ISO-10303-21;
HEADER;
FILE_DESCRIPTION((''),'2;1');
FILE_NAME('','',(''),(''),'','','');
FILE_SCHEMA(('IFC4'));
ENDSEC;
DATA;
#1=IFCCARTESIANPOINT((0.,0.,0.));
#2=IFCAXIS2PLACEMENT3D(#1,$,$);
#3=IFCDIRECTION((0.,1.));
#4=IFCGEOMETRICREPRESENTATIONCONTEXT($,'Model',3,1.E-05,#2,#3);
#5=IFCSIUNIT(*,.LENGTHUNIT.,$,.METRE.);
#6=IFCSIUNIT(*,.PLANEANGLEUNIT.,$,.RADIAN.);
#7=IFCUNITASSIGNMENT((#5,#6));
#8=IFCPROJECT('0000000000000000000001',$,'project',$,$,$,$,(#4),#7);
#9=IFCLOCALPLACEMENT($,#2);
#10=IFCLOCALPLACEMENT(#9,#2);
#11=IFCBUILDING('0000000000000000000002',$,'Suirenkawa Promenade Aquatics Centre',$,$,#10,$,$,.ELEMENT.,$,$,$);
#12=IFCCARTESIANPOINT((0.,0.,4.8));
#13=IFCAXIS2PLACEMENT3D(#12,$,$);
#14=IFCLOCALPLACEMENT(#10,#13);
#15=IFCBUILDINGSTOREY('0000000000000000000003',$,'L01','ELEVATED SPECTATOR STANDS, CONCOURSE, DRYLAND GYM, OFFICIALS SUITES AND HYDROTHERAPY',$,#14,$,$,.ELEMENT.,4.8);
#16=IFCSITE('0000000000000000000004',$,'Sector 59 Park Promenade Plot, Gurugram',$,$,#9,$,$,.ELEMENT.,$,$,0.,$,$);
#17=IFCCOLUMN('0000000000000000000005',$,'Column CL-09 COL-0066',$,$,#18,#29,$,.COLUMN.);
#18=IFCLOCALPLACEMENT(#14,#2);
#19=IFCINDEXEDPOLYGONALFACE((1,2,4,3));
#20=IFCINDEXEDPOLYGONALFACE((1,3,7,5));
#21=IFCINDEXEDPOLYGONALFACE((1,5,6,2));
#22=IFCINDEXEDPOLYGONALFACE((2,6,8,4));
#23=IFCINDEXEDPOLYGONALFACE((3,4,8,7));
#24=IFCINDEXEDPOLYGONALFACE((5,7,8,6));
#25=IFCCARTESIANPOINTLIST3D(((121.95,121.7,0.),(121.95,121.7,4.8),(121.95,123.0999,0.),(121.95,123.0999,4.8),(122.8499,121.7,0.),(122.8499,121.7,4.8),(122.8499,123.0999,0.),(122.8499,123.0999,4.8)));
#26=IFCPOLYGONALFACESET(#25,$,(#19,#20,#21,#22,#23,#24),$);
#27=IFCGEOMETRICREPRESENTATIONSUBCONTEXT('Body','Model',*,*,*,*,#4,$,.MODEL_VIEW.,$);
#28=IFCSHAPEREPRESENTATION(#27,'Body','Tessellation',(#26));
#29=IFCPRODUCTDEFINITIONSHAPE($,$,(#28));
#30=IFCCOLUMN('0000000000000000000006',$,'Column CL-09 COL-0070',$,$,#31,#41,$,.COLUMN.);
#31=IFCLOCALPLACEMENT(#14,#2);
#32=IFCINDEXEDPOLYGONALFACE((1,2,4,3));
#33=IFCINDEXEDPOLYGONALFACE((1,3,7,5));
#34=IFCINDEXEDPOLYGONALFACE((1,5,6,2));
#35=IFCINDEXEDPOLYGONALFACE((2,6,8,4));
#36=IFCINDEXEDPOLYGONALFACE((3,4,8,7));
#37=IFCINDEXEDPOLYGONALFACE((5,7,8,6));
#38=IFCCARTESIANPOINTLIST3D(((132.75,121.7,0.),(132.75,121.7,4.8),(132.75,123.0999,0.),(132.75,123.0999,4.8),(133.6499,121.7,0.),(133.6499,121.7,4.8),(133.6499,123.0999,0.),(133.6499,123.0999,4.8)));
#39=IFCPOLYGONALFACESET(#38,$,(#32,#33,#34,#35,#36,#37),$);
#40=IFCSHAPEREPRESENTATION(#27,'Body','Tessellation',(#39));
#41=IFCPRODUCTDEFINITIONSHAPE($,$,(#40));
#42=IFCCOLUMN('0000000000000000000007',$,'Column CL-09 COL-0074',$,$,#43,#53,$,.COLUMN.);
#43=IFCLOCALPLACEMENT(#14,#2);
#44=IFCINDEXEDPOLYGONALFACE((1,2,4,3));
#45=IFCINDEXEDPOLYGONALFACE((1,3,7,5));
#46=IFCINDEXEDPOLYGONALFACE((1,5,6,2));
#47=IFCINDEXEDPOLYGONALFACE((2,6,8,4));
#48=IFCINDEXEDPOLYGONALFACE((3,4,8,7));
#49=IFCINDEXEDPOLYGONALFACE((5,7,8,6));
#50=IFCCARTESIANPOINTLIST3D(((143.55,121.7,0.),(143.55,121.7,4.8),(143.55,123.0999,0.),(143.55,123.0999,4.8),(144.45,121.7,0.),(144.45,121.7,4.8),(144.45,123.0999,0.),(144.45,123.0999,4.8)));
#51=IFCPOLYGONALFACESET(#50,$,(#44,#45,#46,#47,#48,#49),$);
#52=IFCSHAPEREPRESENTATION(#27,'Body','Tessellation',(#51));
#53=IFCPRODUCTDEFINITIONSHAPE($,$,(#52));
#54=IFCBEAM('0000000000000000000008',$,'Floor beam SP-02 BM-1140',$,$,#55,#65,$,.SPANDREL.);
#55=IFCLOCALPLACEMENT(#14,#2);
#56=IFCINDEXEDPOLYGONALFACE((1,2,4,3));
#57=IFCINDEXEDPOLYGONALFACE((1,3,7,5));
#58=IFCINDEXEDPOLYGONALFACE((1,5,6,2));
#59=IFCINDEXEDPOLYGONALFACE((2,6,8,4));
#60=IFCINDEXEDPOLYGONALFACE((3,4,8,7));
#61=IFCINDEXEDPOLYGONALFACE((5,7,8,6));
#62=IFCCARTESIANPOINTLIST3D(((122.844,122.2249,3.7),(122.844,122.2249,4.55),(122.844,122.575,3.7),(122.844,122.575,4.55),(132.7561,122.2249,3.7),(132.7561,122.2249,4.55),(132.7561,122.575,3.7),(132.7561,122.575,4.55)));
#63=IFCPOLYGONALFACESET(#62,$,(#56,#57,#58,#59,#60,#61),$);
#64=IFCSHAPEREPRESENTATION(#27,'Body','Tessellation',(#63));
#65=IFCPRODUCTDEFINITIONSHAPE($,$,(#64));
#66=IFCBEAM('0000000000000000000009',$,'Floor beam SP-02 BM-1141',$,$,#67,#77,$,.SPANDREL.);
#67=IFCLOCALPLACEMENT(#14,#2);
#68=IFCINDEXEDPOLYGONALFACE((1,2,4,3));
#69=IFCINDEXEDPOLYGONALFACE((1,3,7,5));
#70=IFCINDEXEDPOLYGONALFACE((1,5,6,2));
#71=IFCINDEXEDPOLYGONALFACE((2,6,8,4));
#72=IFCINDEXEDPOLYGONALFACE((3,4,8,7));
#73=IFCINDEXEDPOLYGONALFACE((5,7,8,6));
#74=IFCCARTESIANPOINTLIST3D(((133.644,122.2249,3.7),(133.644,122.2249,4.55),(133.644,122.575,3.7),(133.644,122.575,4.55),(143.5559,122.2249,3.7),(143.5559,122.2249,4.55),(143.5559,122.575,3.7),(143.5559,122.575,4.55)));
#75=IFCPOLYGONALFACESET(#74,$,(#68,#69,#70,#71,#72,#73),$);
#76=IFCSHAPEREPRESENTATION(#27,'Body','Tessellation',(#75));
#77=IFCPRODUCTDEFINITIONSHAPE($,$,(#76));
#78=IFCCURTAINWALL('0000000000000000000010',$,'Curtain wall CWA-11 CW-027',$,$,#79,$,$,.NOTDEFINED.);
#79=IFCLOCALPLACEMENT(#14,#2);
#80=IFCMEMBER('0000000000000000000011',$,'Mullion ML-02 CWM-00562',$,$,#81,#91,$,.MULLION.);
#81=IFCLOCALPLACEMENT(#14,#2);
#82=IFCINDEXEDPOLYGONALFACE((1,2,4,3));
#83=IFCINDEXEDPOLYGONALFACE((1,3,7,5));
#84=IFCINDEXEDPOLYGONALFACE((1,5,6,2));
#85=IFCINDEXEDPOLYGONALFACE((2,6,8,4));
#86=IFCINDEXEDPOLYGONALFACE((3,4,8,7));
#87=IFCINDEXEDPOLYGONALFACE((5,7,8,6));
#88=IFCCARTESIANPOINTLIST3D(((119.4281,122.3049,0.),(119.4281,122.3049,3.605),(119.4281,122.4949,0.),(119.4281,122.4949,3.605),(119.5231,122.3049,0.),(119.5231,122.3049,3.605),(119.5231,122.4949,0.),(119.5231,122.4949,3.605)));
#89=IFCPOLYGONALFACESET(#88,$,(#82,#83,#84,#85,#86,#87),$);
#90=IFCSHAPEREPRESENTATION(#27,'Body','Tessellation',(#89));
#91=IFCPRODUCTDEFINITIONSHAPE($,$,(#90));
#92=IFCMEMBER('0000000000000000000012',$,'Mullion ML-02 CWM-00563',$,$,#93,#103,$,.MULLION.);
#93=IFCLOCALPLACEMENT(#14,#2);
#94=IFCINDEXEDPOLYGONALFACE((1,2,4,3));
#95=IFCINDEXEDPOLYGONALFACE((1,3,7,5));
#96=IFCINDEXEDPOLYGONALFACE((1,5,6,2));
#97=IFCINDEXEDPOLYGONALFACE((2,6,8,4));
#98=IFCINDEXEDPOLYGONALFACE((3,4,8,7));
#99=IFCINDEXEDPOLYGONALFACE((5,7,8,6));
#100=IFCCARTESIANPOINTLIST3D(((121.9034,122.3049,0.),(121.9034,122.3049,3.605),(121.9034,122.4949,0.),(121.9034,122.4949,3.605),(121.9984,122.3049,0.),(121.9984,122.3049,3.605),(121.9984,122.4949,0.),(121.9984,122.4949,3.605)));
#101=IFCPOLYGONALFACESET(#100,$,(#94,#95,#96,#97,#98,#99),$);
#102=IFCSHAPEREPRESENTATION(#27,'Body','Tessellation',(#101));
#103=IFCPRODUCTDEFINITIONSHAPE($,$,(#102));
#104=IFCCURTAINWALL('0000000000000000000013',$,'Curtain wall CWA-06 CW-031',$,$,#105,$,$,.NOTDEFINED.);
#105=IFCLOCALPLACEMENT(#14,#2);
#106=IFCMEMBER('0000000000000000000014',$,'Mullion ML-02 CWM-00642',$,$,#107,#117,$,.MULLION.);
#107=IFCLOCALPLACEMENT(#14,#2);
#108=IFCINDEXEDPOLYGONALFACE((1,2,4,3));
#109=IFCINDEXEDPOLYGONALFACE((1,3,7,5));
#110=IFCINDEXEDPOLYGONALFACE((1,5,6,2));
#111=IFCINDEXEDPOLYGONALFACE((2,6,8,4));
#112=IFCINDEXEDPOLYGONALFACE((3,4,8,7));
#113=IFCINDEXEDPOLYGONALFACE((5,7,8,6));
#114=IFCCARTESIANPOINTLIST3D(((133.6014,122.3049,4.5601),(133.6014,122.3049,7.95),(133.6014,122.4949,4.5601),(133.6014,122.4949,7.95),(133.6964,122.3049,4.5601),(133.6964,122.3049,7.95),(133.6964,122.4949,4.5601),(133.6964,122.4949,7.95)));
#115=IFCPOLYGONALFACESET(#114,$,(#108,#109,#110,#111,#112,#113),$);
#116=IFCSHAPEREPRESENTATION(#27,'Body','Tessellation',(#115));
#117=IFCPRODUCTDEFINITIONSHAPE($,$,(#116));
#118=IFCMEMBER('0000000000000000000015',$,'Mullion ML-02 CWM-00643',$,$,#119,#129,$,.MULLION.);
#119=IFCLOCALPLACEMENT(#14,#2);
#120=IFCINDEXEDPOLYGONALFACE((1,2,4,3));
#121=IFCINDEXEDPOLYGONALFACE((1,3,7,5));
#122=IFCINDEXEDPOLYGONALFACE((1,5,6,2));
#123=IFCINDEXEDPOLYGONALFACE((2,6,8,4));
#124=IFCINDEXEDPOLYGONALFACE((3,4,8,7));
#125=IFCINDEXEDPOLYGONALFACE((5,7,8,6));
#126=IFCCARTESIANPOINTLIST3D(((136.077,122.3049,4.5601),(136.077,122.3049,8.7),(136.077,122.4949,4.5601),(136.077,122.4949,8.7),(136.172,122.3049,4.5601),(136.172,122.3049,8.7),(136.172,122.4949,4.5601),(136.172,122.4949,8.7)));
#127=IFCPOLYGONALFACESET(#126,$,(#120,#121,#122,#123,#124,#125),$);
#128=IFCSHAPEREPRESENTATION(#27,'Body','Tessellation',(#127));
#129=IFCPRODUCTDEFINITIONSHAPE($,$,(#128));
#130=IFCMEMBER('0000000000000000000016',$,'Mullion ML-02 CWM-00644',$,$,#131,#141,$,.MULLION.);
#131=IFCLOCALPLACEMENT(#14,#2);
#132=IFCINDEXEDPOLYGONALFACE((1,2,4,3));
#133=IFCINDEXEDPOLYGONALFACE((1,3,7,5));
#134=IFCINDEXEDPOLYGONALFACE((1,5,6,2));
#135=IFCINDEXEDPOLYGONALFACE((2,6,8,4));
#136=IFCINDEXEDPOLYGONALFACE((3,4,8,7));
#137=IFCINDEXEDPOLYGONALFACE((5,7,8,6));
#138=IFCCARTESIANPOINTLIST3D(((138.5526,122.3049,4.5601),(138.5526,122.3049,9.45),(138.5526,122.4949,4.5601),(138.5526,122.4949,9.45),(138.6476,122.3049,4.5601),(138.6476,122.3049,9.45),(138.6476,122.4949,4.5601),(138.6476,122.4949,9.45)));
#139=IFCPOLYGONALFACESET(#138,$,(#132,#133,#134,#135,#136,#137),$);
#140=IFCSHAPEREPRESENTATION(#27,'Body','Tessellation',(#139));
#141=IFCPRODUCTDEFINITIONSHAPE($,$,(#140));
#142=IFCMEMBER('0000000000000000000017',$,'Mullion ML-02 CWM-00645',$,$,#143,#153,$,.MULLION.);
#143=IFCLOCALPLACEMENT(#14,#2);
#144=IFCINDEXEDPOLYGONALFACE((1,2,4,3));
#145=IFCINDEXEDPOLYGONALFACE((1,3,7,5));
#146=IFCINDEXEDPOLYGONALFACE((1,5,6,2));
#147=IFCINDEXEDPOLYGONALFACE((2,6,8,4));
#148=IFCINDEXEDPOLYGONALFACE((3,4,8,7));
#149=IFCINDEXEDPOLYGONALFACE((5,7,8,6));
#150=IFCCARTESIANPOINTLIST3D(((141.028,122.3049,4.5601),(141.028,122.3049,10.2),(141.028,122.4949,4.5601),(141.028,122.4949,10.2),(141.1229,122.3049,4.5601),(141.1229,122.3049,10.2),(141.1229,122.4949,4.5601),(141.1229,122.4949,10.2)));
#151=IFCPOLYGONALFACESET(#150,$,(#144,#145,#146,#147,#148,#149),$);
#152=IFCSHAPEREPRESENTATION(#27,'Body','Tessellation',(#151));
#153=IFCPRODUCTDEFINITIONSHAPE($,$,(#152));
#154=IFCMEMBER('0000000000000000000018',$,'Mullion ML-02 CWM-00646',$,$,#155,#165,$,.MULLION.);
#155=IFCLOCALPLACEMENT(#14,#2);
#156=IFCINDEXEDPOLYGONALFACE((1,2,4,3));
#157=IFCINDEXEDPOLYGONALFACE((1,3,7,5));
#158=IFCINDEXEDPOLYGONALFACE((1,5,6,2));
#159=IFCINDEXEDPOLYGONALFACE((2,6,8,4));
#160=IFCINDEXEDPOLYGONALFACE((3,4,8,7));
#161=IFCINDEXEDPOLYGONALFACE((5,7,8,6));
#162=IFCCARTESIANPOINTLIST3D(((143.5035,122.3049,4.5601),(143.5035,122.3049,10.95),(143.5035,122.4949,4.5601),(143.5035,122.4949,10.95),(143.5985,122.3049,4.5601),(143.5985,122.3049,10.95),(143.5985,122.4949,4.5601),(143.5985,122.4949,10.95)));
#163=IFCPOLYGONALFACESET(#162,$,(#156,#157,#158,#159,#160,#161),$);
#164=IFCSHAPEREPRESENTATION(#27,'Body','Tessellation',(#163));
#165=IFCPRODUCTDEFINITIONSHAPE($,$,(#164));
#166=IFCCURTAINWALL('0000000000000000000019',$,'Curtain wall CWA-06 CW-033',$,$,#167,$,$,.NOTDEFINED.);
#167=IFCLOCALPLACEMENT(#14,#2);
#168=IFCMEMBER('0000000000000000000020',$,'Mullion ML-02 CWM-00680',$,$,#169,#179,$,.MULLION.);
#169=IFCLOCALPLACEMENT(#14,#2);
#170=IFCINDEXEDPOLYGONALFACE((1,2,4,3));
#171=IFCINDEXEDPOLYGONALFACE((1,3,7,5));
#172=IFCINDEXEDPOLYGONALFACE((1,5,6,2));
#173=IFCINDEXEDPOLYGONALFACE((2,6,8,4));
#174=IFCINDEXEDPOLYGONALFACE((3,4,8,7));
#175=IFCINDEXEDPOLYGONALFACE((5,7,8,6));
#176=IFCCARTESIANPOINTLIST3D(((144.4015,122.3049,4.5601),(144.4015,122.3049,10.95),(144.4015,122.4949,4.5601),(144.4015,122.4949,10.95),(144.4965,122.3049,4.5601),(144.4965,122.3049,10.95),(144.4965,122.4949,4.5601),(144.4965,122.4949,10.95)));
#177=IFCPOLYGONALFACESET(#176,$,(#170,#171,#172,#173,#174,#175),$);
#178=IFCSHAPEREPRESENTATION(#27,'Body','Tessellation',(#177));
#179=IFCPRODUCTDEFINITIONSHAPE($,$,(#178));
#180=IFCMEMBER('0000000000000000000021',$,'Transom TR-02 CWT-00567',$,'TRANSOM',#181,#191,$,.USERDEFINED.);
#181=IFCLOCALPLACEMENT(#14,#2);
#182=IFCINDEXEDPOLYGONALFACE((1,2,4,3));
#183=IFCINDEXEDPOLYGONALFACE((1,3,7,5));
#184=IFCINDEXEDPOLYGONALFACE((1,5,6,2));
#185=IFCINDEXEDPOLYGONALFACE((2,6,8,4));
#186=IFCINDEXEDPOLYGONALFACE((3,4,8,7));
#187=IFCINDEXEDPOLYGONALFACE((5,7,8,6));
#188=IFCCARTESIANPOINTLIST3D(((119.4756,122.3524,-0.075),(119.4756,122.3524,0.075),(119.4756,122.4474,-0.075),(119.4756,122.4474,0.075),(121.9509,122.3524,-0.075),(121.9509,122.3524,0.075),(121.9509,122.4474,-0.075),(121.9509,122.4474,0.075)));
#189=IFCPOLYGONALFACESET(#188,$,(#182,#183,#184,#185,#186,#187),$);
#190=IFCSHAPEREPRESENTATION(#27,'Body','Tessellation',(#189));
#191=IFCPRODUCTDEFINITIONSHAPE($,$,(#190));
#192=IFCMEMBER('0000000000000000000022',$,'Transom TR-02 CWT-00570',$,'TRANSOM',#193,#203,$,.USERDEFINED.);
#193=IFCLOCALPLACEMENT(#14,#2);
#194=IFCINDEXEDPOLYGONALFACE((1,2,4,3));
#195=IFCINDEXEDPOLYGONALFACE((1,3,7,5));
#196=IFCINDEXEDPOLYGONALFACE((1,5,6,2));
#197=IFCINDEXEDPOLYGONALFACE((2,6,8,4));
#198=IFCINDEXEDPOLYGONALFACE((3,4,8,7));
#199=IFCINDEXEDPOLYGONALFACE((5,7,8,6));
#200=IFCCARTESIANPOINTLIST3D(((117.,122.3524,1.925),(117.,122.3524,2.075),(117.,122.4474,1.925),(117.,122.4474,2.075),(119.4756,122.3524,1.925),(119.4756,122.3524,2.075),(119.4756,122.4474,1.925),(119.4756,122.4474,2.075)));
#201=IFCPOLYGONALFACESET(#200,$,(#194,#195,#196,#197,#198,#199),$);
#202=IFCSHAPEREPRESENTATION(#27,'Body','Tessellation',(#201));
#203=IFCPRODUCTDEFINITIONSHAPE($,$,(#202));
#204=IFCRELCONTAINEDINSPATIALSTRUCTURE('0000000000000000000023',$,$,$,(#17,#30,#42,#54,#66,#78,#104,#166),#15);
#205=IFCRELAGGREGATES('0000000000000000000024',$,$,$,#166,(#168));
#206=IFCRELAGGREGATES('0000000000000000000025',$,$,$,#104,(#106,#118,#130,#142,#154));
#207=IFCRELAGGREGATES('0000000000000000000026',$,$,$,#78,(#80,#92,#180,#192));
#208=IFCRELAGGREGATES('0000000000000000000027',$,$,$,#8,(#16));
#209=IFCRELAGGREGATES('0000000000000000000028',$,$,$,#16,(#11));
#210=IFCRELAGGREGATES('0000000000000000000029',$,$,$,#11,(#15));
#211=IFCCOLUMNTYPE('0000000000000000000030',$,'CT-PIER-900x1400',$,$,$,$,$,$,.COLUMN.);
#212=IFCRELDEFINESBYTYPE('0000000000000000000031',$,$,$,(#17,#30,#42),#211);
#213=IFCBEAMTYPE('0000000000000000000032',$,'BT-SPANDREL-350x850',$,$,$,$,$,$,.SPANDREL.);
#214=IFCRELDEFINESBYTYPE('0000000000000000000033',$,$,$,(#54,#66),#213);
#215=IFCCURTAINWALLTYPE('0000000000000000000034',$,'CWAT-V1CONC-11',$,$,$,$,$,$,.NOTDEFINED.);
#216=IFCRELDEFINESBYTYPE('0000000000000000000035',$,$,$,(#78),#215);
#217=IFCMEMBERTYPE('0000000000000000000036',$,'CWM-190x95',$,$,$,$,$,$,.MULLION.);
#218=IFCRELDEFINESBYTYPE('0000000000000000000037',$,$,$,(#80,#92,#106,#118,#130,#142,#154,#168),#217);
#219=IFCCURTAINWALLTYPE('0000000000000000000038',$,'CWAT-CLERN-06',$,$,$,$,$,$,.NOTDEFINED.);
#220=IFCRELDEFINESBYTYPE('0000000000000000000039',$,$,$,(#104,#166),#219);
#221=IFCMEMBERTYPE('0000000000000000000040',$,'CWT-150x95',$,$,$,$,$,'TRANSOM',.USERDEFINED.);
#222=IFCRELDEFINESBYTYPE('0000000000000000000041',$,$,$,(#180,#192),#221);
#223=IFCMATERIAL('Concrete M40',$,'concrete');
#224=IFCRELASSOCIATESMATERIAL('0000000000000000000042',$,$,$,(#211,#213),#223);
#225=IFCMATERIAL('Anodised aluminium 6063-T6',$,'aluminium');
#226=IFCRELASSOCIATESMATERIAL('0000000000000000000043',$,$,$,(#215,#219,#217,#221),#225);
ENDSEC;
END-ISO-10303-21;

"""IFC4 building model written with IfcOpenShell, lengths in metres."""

from ifc_helpers import new_model, si_unit, direction, frame, origin, origin_2d, place, context, subcontext, project, spatial, rectangle, extrude, material, material_profile, profile_set, type_object, element, aggregate, save


model = new_model("IFC4")

# Units and contexts
model_context = context("Model", 3, precision=1e-05, world=origin(), true_north=direction((0.0, 1.0)))
body_context = subcontext(model_context, "Body", "Model", "MODEL_VIEW")
ifc_project = project(units=[si_unit("LENGTHUNIT", "METRE"), si_unit("PLANEANGLEUNIT", "RADIAN")], contexts=[model_context])

# Site, building, storey
site_placement = place(None, origin())
site = spatial("IfcSite", under=ifc_project, at=site_placement, Name="Sector 59 Park Promenade Plot, Gurugram", CompositionType="ELEMENT", RefElevation=0.0)
building_placement = place(site_placement, origin())
building = spatial("IfcBuilding", under=site, at=building_placement, Name="Suirenkawa Promenade Aquatics Centre", CompositionType="ELEMENT")
storey_placement = place(building_placement, frame((0.0, 0.0, 4.8)))
storey = spatial("IfcBuildingStorey", under=building, at=storey_placement, Name="L01", Description="ELEVATED SPECTATOR STANDS, CONCOURSE, DRYLAND GYM, OFFICIALS SUITES AND HYDROTHERAPY", CompositionType="ELEMENT", Elevation=4.8)

# Columns
ifc_material_1 = material(Name="Concrete M40", Category="concrete")
ifc_material_profile_1 = material_profile(ifc_material_1, rectangle(XDim=0.8999, YDim=1.3999, at=origin_2d()), Name="RC PIER 900x1400", Category="concrete")
ifc_profile_set_1 = profile_set([ifc_material_profile_1], Name="Concrete M40")
column_type = type_object("IfcColumnType", Name="CT-PIER-900x1400", PredefinedType="COLUMN", material=ifc_profile_set_1)
for number, where, z_axis, x_axis, name in (
    (1, (122.3999, 122.3999, 0.0), (0.0, 0.0, 1.0), (1.0, 0.0, 0.0), "Column CL-09 COL-0066"),
    (2, (133.2, 122.3999, 0.0), (0.0, 0.0, 1.0), (1.0, 0.0, 0.0), "Column CL-09 COL-0070"),
    (3, (144.0, 122.3999, 0.0), (0.0, 0.0, 1.0), (1.0, 0.0, 0.0), "Column CL-09 COL-0074"),
):
    element("IfcColumn", number, at=place(storey_placement, frame(where, z_axis=z_axis, x_axis=x_axis)), inside=storey, type_object=column_type, Name=name, PredefinedType="COLUMN", context=body_context, shape_type="SweptSolid", body=[
        extrude(rectangle(XDim=0.8999, YDim=1.3999, at=origin_2d()), origin(), (0.0, 0.0, 1.0), 4.8),
    ])

# Beams
ifc_material_profile_2 = material_profile(ifc_material_1, rectangle(XDim=0.3501, YDim=0.8501, at=origin_2d()), Name="RC SPANDREL 350x850", Category="concrete")
ifc_profile_set_2 = profile_set([ifc_material_profile_2], Name="Concrete M40")
beam_type = type_object("IfcBeamType", Name="BT-SPANDREL-350x850", PredefinedType="SPANDREL", material=ifc_profile_set_2)
beam_1_placement = place(storey_placement, frame((122.844, 122.3999, 4.125), z_axis=(1.0, 0.0, 0.0), x_axis=(0.0, 1.0, 0.0)))
element("IfcBeam", 4, at=beam_1_placement, inside=storey, type_object=beam_type, Name="Floor beam SP-02 BM-1140", PredefinedType="SPANDREL", context=body_context, shape_type="SweptSolid", body=[
    extrude(rectangle(XDim=0.3501, YDim=0.8501, at=origin_2d()), origin(), (0.0, 0.0, 1.0), 9.9121),
])
beam_2_placement = place(storey_placement, frame((133.644, 122.3999, 4.125), z_axis=(1.0, 0.0, 0.0), x_axis=(0.0, 1.0, 0.0)))
element("IfcBeam", 5, at=beam_2_placement, inside=storey, type_object=beam_type, Name="Floor beam SP-02 BM-1141", PredefinedType="SPANDREL", context=body_context, shape_type="SweptSolid", body=[
    extrude(rectangle(XDim=0.3501, YDim=0.8501, at=origin_2d()), origin(), (0.0, 0.0, 1.0), 9.9119),
])

# Curtain walls, members
ifc_material_2 = material(Name="Anodised aluminium 6063-T6", Category="aluminium")
curtain_wall_type_1 = type_object("IfcCurtainWallType", Name="CWAT-V1CONC-11", PredefinedType="NOTDEFINED", material=ifc_material_2)
curtain_wall_1_placement = place(storey_placement, origin())
curtain_wall_1 = element("IfcCurtainWall", 6, at=curtain_wall_1_placement, inside=storey, type_object=curtain_wall_type_1, Name="Curtain wall CWA-11 CW-027", PredefinedType="NOTDEFINED")
ifc_material_profile_3 = material_profile(ifc_material_2, rectangle(XDim=0.095, YDim=0.1899, at=origin_2d()), Name="ALU MULL 95x190", Category="aluminium")
ifc_profile_set_3 = profile_set([ifc_material_profile_3], Name="Anodised aluminium 6063-T6")
member_type_1 = type_object("IfcMemberType", Name="CWM-190x95", PredefinedType="MULLION", material=ifc_profile_set_3)
member_1_placement = place(storey_placement, frame((119.4756, 122.3999, 0.0), z_axis=(0.0, 0.0, 1.0), x_axis=(1.0, 0.0, 0.0)))
member_1 = element("IfcMember", 7, at=member_1_placement, type_object=member_type_1, Name="Mullion ML-02 CWM-00562", PredefinedType="MULLION", context=body_context, shape_type="SweptSolid", body=[
    extrude(rectangle(XDim=0.095, YDim=0.1899, at=origin_2d()), origin(), (0.0, 0.0, 1.0), 3.605),
])
member_2_placement = place(storey_placement, frame((121.9509, 122.3999, 0.0), z_axis=(0.0, 0.0, 1.0), x_axis=(1.0, 0.0, 0.0)))
member_2 = element("IfcMember", 8, at=member_2_placement, type_object=member_type_1, Name="Mullion ML-02 CWM-00563", PredefinedType="MULLION", context=body_context, shape_type="SweptSolid", body=[
    extrude(rectangle(XDim=0.095, YDim=0.1899, at=origin_2d()), origin(), (0.0, 0.0, 1.0), 3.605),
])
curtain_wall_type_2 = type_object("IfcCurtainWallType", Name="CWAT-CLERN-06", PredefinedType="NOTDEFINED", material=ifc_material_2)
curtain_wall_2_placement = place(storey_placement, origin())
curtain_wall_2 = element("IfcCurtainWall", 9, at=curtain_wall_2_placement, inside=storey, type_object=curtain_wall_type_2, Name="Curtain wall CWA-06 CW-031", PredefinedType="NOTDEFINED")
member_3_placement = place(storey_placement, frame((133.6489, 122.3999, 4.5601), z_axis=(0.0, 0.0, 1.0), x_axis=(1.0, 0.0, 0.0)))
member_3 = element("IfcMember", 10, at=member_3_placement, type_object=member_type_1, Name="Mullion ML-02 CWM-00642", PredefinedType="MULLION", context=body_context, shape_type="SweptSolid", body=[
    extrude(rectangle(XDim=0.095, YDim=0.1899, at=origin_2d()), origin(), (0.0, 0.0, 1.0), 3.3899),
])
member_4_placement = place(storey_placement, frame((136.1245, 122.3999, 4.5601), z_axis=(0.0, 0.0, 1.0), x_axis=(1.0, 0.0, 0.0)))
member_4 = element("IfcMember", 11, at=member_4_placement, type_object=member_type_1, Name="Mullion ML-02 CWM-00643", PredefinedType="MULLION", context=body_context, shape_type="SweptSolid", body=[
    extrude(rectangle(XDim=0.095, YDim=0.1899, at=origin_2d()), origin(), (0.0, 0.0, 1.0), 4.1399),
])
member_5_placement = place(storey_placement, frame((138.6001, 122.3999, 4.5601), z_axis=(0.0, 0.0, 1.0), x_axis=(1.0, 0.0, 0.0)))
member_5 = element("IfcMember", 12, at=member_5_placement, type_object=member_type_1, Name="Mullion ML-02 CWM-00644", PredefinedType="MULLION", context=body_context, shape_type="SweptSolid", body=[
    extrude(rectangle(XDim=0.095, YDim=0.1899, at=origin_2d()), origin(), (0.0, 0.0, 1.0), 4.8899),
])
member_6_placement = place(storey_placement, frame((141.0754, 122.3999, 4.5601), z_axis=(0.0, 0.0, 1.0), x_axis=(1.0, 0.0, 0.0)))
member_6 = element("IfcMember", 13, at=member_6_placement, type_object=member_type_1, Name="Mullion ML-02 CWM-00645", PredefinedType="MULLION", context=body_context, shape_type="SweptSolid", body=[
    extrude(rectangle(XDim=0.095, YDim=0.1899, at=origin_2d()), origin(), (0.0, 0.0, 1.0), 5.6399),
])
member_7_placement = place(storey_placement, frame((143.551, 122.3999, 4.5601), z_axis=(0.0, 0.0, 1.0), x_axis=(1.0, 0.0, 0.0)))
member_7 = element("IfcMember", 14, at=member_7_placement, type_object=member_type_1, Name="Mullion ML-02 CWM-00646", PredefinedType="MULLION", context=body_context, shape_type="SweptSolid", body=[
    extrude(rectangle(XDim=0.095, YDim=0.1899, at=origin_2d()), origin(), (0.0, 0.0, 1.0), 6.3899),
])

# Curtain wall, member
curtain_wall_3_placement = place(storey_placement, origin())
curtain_wall_3 = element("IfcCurtainWall", 15, at=curtain_wall_3_placement, inside=storey, type_object=curtain_wall_type_2, Name="Curtain wall CWA-06 CW-033", PredefinedType="NOTDEFINED")
member_8_placement = place(storey_placement, frame((144.449, 122.3999, 4.5601), z_axis=(0.0, 0.0, 1.0), x_axis=(1.0, 0.0, 0.0)))
member_8 = element("IfcMember", 16, at=member_8_placement, type_object=member_type_1, Name="Mullion ML-02 CWM-00680", PredefinedType="MULLION", context=body_context, shape_type="SweptSolid", body=[
    extrude(rectangle(XDim=0.095, YDim=0.1899, at=origin_2d()), origin(), (0.0, 0.0, 1.0), 6.3899),
])

# Members
ifc_material_profile_4 = material_profile(ifc_material_2, rectangle(XDim=0.095, YDim=0.1499, at=origin_2d()), Name="ALU TRAN 95x150", Category="aluminium")
ifc_profile_set_4 = profile_set([ifc_material_profile_4], Name="Anodised aluminium 6063-T6")
member_type_2 = type_object("IfcMemberType", Name="CWT-150x95", ElementType="TRANSOM", PredefinedType="USERDEFINED", material=ifc_profile_set_4)
member_9_placement = place(storey_placement, frame((119.4756, 122.3999, 0.0), z_axis=(1.0, 0.0, 0.0), x_axis=(0.0, 1.0, 0.0)))
member_9 = element("IfcMember", 17, at=member_9_placement, type_object=member_type_2, Name="Transom TR-02 CWT-00567", ObjectType="TRANSOM", PredefinedType="USERDEFINED", context=body_context, shape_type="SweptSolid", body=[
    extrude(rectangle(XDim=0.095, YDim=0.1499, at=origin_2d()), origin(), (0.0, 0.0, 1.0), 2.4753),
])
member_10_placement = place(storey_placement, frame((117.0, 122.3999, 2.0), z_axis=(1.0, 0.0, 0.0), x_axis=(0.0, 1.0, 0.0)))
member_10 = element("IfcMember", 18, at=member_10_placement, type_object=member_type_2, Name="Transom TR-02 CWT-00570", ObjectType="TRANSOM", PredefinedType="USERDEFINED", context=body_context, shape_type="SweptSolid", body=[
    extrude(rectangle(XDim=0.095, YDim=0.1499, at=origin_2d()), origin(), (0.0, 0.0, 1.0), 2.4756),
])
aggregate(curtain_wall_3, [member_8])

aggregate(curtain_wall_2, [member_3, member_4, member_5, member_6, member_7])
aggregate(curtain_wall_1, [member_1, member_2, member_9, member_10])

save(model, "model.ifc")
